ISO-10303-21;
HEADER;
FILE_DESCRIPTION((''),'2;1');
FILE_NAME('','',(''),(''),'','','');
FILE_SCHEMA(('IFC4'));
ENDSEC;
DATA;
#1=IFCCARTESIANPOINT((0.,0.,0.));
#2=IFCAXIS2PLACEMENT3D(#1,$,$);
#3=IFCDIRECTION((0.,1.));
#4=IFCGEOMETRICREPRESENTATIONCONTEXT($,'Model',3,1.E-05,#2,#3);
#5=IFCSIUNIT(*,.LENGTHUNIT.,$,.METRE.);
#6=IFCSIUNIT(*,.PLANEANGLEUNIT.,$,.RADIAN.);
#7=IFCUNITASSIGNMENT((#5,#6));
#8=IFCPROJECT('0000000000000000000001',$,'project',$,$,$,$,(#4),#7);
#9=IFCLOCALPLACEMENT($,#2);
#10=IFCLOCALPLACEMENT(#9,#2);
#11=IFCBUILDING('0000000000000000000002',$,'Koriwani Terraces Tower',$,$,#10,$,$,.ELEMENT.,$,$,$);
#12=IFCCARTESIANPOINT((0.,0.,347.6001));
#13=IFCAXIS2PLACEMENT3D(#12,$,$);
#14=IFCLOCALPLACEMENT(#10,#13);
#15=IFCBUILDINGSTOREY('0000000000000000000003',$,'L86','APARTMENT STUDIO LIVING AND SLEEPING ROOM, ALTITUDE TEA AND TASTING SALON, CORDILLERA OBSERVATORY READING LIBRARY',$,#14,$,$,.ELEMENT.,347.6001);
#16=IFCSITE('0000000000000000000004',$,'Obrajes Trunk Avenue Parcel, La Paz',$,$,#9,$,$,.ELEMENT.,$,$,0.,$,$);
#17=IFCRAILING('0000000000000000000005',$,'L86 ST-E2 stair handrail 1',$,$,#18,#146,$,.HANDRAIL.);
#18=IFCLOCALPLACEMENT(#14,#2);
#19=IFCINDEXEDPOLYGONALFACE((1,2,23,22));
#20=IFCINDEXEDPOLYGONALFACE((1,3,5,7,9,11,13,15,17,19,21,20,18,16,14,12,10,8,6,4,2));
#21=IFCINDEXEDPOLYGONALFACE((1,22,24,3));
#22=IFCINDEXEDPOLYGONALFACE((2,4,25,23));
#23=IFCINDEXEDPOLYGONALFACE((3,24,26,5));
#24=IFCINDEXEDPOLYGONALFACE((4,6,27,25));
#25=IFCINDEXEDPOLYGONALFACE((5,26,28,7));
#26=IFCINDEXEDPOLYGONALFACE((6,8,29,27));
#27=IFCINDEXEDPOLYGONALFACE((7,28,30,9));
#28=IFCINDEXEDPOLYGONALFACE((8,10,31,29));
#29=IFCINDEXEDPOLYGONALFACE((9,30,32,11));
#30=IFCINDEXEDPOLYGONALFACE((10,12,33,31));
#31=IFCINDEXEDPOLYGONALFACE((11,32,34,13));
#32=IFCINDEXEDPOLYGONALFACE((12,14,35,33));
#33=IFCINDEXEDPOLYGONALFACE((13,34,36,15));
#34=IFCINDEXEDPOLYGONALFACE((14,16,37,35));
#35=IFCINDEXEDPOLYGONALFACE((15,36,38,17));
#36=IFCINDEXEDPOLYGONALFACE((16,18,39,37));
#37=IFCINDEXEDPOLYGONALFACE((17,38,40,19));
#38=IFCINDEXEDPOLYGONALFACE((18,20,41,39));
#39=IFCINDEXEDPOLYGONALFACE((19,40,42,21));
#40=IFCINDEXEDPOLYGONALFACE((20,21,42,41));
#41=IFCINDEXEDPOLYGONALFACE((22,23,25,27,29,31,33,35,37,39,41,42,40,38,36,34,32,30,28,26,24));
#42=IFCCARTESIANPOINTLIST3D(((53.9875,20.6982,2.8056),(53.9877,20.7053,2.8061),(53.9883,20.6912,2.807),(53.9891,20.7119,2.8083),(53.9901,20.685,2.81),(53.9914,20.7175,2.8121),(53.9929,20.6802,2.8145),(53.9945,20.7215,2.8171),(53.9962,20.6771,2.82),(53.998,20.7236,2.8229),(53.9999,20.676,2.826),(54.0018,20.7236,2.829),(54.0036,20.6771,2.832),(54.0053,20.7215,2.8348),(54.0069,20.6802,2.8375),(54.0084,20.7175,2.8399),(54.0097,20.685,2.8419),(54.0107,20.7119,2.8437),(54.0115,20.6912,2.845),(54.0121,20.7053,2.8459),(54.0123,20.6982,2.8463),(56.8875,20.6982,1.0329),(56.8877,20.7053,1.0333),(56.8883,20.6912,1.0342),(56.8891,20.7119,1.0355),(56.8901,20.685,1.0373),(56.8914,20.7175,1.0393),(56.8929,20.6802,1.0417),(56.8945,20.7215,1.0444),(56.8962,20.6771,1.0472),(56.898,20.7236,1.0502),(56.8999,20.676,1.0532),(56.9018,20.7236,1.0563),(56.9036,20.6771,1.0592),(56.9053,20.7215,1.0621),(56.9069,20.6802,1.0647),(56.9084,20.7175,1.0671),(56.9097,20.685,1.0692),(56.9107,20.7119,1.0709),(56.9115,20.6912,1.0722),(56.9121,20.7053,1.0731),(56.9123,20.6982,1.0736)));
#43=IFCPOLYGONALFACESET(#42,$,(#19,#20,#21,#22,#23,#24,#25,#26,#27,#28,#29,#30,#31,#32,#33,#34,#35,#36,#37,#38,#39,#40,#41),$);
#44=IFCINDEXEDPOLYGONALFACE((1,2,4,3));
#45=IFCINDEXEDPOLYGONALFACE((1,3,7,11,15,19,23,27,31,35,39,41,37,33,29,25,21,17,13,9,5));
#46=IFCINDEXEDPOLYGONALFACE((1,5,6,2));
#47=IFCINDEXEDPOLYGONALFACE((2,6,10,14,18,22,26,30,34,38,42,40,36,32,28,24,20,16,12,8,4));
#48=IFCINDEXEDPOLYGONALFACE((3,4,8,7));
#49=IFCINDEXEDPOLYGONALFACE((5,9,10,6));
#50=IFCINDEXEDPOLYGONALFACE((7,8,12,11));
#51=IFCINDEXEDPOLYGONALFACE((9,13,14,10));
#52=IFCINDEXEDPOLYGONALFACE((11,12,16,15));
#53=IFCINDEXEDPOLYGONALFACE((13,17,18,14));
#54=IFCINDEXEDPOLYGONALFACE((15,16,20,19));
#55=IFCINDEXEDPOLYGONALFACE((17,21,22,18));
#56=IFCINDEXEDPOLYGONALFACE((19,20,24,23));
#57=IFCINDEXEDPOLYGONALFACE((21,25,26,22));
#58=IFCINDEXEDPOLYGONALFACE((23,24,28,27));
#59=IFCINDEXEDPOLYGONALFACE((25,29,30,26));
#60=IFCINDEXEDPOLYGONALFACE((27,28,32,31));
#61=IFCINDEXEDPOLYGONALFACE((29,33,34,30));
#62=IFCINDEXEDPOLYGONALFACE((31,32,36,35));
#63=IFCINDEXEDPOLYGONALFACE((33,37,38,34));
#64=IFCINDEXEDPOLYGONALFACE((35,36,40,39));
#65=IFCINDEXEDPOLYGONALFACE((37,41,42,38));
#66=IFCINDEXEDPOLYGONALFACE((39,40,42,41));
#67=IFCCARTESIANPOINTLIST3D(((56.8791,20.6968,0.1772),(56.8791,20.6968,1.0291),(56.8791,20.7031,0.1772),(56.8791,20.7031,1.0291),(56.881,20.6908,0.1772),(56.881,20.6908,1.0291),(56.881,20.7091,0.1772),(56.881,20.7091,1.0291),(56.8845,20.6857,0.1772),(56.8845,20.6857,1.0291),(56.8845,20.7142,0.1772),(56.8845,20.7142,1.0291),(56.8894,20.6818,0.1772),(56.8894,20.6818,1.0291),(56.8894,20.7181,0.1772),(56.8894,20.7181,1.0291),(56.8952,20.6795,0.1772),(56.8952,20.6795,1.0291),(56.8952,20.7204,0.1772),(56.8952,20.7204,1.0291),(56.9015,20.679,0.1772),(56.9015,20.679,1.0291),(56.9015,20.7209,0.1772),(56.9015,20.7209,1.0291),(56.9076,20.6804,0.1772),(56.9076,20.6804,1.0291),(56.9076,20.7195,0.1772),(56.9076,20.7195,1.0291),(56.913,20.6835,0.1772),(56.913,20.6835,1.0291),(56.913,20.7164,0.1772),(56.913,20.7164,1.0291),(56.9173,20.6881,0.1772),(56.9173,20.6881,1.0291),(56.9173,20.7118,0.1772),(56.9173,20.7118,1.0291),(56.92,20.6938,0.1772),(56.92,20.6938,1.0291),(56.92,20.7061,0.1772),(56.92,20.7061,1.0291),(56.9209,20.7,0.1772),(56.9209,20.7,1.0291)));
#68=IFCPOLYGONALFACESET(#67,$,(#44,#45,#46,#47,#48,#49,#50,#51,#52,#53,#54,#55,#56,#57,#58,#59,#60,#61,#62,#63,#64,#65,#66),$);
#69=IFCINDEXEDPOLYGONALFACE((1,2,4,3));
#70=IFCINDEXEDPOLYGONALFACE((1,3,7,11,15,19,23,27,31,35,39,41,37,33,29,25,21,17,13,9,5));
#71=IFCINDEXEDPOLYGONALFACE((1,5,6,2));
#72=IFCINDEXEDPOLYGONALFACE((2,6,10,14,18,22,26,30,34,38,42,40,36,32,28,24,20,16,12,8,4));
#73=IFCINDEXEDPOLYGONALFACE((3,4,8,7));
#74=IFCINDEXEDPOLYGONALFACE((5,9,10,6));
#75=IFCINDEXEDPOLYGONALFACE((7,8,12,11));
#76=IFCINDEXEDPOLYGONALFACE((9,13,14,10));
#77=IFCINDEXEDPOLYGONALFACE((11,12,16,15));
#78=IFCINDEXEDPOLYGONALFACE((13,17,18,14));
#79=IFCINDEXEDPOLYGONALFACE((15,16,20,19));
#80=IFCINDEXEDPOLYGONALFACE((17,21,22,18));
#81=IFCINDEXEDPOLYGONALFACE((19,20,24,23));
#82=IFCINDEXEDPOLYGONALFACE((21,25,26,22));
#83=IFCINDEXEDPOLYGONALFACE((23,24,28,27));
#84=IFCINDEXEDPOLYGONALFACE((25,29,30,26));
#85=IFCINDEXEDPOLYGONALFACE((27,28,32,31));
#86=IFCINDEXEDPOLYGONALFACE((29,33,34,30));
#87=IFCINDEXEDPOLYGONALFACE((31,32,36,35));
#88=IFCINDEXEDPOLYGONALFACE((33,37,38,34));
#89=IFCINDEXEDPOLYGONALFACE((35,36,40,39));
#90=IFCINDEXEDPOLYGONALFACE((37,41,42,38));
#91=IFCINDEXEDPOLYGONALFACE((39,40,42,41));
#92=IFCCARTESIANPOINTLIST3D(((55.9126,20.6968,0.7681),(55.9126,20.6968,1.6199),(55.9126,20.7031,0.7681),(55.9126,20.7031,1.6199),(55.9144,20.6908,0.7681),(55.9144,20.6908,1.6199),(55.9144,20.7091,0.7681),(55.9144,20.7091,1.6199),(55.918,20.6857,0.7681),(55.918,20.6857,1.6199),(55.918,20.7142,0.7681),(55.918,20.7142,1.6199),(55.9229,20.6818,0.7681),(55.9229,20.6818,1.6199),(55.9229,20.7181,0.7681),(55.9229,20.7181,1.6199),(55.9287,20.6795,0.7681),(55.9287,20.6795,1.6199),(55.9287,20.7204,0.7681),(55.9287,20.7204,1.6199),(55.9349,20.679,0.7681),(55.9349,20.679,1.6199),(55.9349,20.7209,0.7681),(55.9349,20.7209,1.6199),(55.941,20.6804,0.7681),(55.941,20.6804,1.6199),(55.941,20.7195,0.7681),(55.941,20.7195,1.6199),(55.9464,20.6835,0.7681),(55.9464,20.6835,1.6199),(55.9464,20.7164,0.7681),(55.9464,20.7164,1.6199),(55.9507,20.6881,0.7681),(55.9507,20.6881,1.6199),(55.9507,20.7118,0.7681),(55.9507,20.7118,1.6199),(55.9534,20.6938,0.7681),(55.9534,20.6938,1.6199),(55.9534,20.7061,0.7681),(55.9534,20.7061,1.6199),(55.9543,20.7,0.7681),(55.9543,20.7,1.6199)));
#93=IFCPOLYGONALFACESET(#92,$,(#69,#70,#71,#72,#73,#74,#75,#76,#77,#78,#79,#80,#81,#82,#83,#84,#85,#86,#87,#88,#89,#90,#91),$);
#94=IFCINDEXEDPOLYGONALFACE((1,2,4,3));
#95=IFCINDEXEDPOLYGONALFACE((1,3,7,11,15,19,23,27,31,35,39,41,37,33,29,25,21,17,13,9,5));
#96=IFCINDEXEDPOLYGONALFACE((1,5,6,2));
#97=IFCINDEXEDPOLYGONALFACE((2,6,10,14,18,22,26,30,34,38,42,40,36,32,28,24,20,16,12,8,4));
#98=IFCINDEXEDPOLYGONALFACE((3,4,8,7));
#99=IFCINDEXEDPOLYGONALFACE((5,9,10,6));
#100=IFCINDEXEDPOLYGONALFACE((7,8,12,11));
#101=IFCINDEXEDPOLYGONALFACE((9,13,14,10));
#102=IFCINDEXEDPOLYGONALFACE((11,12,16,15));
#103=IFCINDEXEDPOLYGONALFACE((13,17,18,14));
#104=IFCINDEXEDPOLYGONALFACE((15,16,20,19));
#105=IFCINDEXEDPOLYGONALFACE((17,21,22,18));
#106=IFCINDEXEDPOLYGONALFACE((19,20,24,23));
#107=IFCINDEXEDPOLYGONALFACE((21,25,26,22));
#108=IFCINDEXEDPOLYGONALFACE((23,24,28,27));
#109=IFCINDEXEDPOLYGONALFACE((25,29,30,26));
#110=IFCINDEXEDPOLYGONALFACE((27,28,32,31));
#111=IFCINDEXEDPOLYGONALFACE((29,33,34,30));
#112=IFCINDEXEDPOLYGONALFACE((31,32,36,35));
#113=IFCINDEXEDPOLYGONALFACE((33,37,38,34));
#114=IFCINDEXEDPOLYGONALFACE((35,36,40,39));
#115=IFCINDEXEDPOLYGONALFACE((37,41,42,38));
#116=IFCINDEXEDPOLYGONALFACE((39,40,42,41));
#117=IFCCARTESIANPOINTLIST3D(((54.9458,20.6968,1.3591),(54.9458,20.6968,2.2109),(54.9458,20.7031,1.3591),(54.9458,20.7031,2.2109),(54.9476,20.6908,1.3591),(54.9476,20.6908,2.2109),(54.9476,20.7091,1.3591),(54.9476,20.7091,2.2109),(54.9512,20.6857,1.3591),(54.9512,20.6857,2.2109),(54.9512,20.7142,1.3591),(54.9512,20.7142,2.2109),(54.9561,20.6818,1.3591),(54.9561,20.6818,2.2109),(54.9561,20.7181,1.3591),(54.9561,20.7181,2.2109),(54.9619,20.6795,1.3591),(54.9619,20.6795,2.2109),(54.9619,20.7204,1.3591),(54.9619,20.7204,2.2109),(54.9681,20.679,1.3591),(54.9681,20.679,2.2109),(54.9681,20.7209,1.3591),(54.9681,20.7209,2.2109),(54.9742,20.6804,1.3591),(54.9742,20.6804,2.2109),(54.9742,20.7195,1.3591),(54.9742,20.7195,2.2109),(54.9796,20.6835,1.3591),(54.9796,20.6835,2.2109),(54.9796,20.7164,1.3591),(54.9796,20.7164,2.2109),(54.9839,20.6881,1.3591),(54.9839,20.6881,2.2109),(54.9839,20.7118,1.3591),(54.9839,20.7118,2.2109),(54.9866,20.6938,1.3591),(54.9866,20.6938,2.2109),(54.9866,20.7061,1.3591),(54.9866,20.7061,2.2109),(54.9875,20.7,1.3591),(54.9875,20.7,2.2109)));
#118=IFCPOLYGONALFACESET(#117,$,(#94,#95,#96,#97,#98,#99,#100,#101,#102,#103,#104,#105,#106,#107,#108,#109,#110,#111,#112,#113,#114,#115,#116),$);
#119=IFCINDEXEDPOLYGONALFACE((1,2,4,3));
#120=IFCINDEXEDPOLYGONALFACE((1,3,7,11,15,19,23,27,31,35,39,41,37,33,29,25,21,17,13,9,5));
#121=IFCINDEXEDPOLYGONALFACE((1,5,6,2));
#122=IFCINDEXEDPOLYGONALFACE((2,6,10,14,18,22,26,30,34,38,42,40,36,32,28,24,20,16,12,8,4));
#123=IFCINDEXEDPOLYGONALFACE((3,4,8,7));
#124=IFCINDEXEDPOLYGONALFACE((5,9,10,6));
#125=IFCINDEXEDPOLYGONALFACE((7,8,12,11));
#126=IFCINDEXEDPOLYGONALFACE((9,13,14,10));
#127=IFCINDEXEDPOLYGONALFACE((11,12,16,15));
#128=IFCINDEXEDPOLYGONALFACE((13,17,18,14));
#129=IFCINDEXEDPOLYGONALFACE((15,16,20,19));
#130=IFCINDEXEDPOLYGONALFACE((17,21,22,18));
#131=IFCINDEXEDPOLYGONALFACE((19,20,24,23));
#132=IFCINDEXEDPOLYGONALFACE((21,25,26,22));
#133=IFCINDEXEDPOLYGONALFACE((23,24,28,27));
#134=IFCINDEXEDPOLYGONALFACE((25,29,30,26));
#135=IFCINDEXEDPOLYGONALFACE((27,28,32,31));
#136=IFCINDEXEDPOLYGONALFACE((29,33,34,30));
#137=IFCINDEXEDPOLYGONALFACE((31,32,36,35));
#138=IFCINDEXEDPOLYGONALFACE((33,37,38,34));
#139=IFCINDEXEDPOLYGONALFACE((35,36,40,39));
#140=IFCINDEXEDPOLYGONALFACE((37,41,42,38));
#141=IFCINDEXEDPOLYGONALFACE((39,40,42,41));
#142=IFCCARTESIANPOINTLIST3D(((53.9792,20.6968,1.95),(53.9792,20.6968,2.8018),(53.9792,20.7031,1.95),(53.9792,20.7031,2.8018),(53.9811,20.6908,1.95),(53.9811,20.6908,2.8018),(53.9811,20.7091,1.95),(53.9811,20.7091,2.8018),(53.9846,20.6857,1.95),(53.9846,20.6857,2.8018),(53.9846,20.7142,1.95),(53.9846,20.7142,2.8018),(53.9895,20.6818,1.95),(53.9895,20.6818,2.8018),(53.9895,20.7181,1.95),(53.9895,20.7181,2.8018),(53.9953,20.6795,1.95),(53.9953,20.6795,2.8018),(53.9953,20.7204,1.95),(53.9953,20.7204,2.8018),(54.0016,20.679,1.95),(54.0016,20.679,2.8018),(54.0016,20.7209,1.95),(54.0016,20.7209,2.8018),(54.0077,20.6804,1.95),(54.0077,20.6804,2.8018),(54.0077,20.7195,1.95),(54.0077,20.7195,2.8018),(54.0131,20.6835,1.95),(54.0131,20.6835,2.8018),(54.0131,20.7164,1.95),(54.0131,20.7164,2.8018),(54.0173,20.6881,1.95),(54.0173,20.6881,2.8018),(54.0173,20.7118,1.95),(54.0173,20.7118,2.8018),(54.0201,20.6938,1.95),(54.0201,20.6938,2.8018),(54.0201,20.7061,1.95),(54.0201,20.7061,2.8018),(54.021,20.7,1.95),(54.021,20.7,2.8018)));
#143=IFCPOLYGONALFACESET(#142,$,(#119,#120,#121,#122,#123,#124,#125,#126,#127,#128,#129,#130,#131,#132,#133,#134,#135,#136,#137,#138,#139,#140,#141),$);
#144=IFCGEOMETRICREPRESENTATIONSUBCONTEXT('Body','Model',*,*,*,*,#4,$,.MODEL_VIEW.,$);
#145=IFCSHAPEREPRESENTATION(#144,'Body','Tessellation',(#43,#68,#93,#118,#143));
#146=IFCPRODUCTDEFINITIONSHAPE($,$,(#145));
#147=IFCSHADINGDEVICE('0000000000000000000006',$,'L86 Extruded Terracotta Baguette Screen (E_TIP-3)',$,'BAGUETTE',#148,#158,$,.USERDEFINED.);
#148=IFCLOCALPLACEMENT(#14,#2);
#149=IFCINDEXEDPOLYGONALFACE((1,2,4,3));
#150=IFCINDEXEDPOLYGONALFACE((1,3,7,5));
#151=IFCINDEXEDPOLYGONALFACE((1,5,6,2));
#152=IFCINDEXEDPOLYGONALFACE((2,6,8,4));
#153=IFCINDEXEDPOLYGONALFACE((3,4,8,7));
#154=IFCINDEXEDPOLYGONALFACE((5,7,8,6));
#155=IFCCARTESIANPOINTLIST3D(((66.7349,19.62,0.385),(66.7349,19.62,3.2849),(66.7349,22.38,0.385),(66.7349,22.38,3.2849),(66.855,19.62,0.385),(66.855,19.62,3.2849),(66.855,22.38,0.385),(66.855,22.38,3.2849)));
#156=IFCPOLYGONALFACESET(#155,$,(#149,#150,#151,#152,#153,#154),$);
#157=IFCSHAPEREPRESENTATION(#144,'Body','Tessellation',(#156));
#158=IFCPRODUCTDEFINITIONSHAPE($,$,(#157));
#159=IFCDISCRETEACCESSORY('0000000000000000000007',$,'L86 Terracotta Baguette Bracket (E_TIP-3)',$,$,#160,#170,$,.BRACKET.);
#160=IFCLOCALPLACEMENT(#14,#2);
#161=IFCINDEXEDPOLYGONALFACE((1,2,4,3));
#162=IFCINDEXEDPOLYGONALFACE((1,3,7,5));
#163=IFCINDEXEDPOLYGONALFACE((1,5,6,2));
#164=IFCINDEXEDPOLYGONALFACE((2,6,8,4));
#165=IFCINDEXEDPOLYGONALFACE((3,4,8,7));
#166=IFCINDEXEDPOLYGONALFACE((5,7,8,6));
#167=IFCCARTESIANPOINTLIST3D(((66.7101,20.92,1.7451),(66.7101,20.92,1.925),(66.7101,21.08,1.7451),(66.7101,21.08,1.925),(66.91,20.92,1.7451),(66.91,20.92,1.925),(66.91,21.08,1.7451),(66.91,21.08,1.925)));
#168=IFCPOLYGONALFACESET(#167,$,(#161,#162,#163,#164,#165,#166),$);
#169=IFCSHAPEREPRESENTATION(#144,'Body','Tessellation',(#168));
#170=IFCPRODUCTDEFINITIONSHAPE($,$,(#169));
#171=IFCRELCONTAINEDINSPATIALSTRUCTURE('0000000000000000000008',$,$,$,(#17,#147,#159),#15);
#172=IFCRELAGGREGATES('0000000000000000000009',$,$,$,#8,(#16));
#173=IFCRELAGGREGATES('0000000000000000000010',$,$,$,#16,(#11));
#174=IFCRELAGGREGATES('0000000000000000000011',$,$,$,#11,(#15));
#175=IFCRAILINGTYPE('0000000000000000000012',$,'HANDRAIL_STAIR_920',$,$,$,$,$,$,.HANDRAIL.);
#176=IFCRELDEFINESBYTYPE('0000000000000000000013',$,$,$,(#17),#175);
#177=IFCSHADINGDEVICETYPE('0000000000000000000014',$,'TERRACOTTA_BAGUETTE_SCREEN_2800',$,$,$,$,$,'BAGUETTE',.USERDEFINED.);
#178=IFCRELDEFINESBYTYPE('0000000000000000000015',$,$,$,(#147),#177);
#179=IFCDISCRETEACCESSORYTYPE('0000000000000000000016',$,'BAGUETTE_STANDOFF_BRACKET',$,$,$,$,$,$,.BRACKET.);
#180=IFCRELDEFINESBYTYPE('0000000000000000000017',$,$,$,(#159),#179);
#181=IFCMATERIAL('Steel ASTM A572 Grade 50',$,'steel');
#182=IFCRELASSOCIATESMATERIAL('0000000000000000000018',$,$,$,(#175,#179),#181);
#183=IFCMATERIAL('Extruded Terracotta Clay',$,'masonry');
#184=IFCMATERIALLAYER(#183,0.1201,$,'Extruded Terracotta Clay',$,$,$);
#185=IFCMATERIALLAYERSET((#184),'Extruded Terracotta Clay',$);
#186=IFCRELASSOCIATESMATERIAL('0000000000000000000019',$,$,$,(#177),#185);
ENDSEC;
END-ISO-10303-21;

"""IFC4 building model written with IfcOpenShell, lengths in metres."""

from ifc_helpers import new_model, si_unit, direction, frame, origin, origin_2d, place, context, subcontext, project, spatial, rectangle, circle, extrude, material, layer, layer_set, type_object, element, save


model = new_model("IFC4")

# Units and contexts
model_context = context("Model", 3, precision=1e-05, world=origin(), true_north=direction((0.0, 1.0)))
body_context = subcontext(model_context, "Body", "Model", "MODEL_VIEW")
ifc_project = project(units=[si_unit("LENGTHUNIT", "METRE"), si_unit("PLANEANGLEUNIT", "RADIAN")], contexts=[model_context])

# Site, building, storey
site_placement = place(None, origin())
site = spatial("IfcSite", under=ifc_project, at=site_placement, Name="Obrajes Trunk Avenue Parcel, La Paz", CompositionType="ELEMENT", RefElevation=0.0)
building_placement = place(site_placement, origin())
building = spatial("IfcBuilding", under=site, at=building_placement, Name="Koriwani Terraces Tower", CompositionType="ELEMENT")
storey_placement = place(building_placement, frame((0.0, 0.0, 347.6001)))
storey = spatial("IfcBuildingStorey", under=building, at=storey_placement, Name="L86", Description="APARTMENT STUDIO LIVING AND SLEEPING ROOM, ALTITUDE TEA AND TASTING SALON, CORDILLERA OBSERVATORY READING LIBRARY", CompositionType="ELEMENT", Elevation=347.6001)

# Shared definitions
ifc_material_1 = material(Name="Steel ASTM A572 Grade 50", Category="steel")

# Railing
railing_type_1 = type_object("IfcRailingType", Name="HANDRAIL_STAIR_920", PredefinedType="HANDRAIL", material=ifc_material_1)
railing_1_placement = place(storey_placement, frame((56.8999, 20.7, 0.1772)))
element("IfcRailing", 1, at=railing_1_placement, inside=storey, type_object=railing_type_1, Name="L86 ST-E2 stair handrail 1", PredefinedType="HANDRAIL", context=body_context, shape_type="SweptSolid", body=[
    extrude(circle(Radius=0.0239, at=origin_2d()), frame((0.0, 0.0, 0.876), z_axis=(-0.853211, 0.0, 0.521566), x_axis=(0.0, -1.0, 0.0)), (0.0, 0.0, 1.0), 3.3989),
    extrude(circle(Radius=0.021, at=origin_2d()), origin(), (0.0, 0.0, 1.0), 0.8518),
    extrude(circle(Radius=0.021, at=origin_2d()), frame((-0.9666, 0.0, 0.5908)), (0.0, 0.0, 1.0), 0.8518),
    extrude(circle(Radius=0.021, at=origin_2d()), frame((-1.9333, 0.0, 1.1819)), (0.0, 0.0, 1.0), 0.8518),
    extrude(circle(Radius=0.021, at=origin_2d()), frame((-2.8999, 0.0, 1.7727)), (0.0, 0.0, 1.0), 0.8518),
])

# Shading device
ifc_material_2 = material(Name="Extruded Terracotta Clay", Category="masonry")
ifc_layer_1 = layer(ifc_material_2, 0.1201, Name="Extruded Terracotta Clay")
ifc_layer_set_1 = layer_set([ifc_layer_1], Name="Extruded Terracotta Clay")
shading_device_type = type_object("IfcShadingDeviceType", Name="TERRACOTTA_BAGUETTE_SCREEN_2800", ElementType="BAGUETTE", PredefinedType="USERDEFINED", material=ifc_layer_set_1)
shading_device_placement = place(storey_placement, frame((66.7949, 21.0, 0.385), z_axis=(0.0, 0.0, 1.0), x_axis=(0.0, -1.0, 0.0)))
element("IfcShadingDevice", 2, at=shading_device_placement, inside=storey, type_object=shading_device_type, Name="L86 Extruded Terracotta Baguette Screen (E_TIP-3)", ObjectType="BAGUETTE", PredefinedType="USERDEFINED", context=body_context, shape_type="SweptSolid", body=[
    extrude(rectangle(XDim=2.76, YDim=0.1201, at=origin_2d()), origin(), (0.0, 0.0, 1.0), 2.8999),
])

# Discrete accessory
discrete_accessory_type = type_object("IfcDiscreteAccessoryType", Name="BAGUETTE_STANDOFF_BRACKET", PredefinedType="BRACKET", material=ifc_material_1)
discrete_accessory_placement = place(storey_placement, frame((66.8101, 21.0, 1.7451), z_axis=(0.0, 0.0, 1.0), x_axis=(0.0, -1.0, 0.0)))
element("IfcDiscreteAccessory", 3, at=discrete_accessory_placement, inside=storey, type_object=discrete_accessory_type, Name="L86 Terracotta Baguette Bracket (E_TIP-3)", PredefinedType="BRACKET", context=body_context, shape_type="SweptSolid", body=[
    extrude(rectangle(XDim=0.1599, YDim=0.2, at=origin_2d()), origin(), (0.0, 0.0, 1.0), 0.1799),
])

save(model, "model.ifc")
